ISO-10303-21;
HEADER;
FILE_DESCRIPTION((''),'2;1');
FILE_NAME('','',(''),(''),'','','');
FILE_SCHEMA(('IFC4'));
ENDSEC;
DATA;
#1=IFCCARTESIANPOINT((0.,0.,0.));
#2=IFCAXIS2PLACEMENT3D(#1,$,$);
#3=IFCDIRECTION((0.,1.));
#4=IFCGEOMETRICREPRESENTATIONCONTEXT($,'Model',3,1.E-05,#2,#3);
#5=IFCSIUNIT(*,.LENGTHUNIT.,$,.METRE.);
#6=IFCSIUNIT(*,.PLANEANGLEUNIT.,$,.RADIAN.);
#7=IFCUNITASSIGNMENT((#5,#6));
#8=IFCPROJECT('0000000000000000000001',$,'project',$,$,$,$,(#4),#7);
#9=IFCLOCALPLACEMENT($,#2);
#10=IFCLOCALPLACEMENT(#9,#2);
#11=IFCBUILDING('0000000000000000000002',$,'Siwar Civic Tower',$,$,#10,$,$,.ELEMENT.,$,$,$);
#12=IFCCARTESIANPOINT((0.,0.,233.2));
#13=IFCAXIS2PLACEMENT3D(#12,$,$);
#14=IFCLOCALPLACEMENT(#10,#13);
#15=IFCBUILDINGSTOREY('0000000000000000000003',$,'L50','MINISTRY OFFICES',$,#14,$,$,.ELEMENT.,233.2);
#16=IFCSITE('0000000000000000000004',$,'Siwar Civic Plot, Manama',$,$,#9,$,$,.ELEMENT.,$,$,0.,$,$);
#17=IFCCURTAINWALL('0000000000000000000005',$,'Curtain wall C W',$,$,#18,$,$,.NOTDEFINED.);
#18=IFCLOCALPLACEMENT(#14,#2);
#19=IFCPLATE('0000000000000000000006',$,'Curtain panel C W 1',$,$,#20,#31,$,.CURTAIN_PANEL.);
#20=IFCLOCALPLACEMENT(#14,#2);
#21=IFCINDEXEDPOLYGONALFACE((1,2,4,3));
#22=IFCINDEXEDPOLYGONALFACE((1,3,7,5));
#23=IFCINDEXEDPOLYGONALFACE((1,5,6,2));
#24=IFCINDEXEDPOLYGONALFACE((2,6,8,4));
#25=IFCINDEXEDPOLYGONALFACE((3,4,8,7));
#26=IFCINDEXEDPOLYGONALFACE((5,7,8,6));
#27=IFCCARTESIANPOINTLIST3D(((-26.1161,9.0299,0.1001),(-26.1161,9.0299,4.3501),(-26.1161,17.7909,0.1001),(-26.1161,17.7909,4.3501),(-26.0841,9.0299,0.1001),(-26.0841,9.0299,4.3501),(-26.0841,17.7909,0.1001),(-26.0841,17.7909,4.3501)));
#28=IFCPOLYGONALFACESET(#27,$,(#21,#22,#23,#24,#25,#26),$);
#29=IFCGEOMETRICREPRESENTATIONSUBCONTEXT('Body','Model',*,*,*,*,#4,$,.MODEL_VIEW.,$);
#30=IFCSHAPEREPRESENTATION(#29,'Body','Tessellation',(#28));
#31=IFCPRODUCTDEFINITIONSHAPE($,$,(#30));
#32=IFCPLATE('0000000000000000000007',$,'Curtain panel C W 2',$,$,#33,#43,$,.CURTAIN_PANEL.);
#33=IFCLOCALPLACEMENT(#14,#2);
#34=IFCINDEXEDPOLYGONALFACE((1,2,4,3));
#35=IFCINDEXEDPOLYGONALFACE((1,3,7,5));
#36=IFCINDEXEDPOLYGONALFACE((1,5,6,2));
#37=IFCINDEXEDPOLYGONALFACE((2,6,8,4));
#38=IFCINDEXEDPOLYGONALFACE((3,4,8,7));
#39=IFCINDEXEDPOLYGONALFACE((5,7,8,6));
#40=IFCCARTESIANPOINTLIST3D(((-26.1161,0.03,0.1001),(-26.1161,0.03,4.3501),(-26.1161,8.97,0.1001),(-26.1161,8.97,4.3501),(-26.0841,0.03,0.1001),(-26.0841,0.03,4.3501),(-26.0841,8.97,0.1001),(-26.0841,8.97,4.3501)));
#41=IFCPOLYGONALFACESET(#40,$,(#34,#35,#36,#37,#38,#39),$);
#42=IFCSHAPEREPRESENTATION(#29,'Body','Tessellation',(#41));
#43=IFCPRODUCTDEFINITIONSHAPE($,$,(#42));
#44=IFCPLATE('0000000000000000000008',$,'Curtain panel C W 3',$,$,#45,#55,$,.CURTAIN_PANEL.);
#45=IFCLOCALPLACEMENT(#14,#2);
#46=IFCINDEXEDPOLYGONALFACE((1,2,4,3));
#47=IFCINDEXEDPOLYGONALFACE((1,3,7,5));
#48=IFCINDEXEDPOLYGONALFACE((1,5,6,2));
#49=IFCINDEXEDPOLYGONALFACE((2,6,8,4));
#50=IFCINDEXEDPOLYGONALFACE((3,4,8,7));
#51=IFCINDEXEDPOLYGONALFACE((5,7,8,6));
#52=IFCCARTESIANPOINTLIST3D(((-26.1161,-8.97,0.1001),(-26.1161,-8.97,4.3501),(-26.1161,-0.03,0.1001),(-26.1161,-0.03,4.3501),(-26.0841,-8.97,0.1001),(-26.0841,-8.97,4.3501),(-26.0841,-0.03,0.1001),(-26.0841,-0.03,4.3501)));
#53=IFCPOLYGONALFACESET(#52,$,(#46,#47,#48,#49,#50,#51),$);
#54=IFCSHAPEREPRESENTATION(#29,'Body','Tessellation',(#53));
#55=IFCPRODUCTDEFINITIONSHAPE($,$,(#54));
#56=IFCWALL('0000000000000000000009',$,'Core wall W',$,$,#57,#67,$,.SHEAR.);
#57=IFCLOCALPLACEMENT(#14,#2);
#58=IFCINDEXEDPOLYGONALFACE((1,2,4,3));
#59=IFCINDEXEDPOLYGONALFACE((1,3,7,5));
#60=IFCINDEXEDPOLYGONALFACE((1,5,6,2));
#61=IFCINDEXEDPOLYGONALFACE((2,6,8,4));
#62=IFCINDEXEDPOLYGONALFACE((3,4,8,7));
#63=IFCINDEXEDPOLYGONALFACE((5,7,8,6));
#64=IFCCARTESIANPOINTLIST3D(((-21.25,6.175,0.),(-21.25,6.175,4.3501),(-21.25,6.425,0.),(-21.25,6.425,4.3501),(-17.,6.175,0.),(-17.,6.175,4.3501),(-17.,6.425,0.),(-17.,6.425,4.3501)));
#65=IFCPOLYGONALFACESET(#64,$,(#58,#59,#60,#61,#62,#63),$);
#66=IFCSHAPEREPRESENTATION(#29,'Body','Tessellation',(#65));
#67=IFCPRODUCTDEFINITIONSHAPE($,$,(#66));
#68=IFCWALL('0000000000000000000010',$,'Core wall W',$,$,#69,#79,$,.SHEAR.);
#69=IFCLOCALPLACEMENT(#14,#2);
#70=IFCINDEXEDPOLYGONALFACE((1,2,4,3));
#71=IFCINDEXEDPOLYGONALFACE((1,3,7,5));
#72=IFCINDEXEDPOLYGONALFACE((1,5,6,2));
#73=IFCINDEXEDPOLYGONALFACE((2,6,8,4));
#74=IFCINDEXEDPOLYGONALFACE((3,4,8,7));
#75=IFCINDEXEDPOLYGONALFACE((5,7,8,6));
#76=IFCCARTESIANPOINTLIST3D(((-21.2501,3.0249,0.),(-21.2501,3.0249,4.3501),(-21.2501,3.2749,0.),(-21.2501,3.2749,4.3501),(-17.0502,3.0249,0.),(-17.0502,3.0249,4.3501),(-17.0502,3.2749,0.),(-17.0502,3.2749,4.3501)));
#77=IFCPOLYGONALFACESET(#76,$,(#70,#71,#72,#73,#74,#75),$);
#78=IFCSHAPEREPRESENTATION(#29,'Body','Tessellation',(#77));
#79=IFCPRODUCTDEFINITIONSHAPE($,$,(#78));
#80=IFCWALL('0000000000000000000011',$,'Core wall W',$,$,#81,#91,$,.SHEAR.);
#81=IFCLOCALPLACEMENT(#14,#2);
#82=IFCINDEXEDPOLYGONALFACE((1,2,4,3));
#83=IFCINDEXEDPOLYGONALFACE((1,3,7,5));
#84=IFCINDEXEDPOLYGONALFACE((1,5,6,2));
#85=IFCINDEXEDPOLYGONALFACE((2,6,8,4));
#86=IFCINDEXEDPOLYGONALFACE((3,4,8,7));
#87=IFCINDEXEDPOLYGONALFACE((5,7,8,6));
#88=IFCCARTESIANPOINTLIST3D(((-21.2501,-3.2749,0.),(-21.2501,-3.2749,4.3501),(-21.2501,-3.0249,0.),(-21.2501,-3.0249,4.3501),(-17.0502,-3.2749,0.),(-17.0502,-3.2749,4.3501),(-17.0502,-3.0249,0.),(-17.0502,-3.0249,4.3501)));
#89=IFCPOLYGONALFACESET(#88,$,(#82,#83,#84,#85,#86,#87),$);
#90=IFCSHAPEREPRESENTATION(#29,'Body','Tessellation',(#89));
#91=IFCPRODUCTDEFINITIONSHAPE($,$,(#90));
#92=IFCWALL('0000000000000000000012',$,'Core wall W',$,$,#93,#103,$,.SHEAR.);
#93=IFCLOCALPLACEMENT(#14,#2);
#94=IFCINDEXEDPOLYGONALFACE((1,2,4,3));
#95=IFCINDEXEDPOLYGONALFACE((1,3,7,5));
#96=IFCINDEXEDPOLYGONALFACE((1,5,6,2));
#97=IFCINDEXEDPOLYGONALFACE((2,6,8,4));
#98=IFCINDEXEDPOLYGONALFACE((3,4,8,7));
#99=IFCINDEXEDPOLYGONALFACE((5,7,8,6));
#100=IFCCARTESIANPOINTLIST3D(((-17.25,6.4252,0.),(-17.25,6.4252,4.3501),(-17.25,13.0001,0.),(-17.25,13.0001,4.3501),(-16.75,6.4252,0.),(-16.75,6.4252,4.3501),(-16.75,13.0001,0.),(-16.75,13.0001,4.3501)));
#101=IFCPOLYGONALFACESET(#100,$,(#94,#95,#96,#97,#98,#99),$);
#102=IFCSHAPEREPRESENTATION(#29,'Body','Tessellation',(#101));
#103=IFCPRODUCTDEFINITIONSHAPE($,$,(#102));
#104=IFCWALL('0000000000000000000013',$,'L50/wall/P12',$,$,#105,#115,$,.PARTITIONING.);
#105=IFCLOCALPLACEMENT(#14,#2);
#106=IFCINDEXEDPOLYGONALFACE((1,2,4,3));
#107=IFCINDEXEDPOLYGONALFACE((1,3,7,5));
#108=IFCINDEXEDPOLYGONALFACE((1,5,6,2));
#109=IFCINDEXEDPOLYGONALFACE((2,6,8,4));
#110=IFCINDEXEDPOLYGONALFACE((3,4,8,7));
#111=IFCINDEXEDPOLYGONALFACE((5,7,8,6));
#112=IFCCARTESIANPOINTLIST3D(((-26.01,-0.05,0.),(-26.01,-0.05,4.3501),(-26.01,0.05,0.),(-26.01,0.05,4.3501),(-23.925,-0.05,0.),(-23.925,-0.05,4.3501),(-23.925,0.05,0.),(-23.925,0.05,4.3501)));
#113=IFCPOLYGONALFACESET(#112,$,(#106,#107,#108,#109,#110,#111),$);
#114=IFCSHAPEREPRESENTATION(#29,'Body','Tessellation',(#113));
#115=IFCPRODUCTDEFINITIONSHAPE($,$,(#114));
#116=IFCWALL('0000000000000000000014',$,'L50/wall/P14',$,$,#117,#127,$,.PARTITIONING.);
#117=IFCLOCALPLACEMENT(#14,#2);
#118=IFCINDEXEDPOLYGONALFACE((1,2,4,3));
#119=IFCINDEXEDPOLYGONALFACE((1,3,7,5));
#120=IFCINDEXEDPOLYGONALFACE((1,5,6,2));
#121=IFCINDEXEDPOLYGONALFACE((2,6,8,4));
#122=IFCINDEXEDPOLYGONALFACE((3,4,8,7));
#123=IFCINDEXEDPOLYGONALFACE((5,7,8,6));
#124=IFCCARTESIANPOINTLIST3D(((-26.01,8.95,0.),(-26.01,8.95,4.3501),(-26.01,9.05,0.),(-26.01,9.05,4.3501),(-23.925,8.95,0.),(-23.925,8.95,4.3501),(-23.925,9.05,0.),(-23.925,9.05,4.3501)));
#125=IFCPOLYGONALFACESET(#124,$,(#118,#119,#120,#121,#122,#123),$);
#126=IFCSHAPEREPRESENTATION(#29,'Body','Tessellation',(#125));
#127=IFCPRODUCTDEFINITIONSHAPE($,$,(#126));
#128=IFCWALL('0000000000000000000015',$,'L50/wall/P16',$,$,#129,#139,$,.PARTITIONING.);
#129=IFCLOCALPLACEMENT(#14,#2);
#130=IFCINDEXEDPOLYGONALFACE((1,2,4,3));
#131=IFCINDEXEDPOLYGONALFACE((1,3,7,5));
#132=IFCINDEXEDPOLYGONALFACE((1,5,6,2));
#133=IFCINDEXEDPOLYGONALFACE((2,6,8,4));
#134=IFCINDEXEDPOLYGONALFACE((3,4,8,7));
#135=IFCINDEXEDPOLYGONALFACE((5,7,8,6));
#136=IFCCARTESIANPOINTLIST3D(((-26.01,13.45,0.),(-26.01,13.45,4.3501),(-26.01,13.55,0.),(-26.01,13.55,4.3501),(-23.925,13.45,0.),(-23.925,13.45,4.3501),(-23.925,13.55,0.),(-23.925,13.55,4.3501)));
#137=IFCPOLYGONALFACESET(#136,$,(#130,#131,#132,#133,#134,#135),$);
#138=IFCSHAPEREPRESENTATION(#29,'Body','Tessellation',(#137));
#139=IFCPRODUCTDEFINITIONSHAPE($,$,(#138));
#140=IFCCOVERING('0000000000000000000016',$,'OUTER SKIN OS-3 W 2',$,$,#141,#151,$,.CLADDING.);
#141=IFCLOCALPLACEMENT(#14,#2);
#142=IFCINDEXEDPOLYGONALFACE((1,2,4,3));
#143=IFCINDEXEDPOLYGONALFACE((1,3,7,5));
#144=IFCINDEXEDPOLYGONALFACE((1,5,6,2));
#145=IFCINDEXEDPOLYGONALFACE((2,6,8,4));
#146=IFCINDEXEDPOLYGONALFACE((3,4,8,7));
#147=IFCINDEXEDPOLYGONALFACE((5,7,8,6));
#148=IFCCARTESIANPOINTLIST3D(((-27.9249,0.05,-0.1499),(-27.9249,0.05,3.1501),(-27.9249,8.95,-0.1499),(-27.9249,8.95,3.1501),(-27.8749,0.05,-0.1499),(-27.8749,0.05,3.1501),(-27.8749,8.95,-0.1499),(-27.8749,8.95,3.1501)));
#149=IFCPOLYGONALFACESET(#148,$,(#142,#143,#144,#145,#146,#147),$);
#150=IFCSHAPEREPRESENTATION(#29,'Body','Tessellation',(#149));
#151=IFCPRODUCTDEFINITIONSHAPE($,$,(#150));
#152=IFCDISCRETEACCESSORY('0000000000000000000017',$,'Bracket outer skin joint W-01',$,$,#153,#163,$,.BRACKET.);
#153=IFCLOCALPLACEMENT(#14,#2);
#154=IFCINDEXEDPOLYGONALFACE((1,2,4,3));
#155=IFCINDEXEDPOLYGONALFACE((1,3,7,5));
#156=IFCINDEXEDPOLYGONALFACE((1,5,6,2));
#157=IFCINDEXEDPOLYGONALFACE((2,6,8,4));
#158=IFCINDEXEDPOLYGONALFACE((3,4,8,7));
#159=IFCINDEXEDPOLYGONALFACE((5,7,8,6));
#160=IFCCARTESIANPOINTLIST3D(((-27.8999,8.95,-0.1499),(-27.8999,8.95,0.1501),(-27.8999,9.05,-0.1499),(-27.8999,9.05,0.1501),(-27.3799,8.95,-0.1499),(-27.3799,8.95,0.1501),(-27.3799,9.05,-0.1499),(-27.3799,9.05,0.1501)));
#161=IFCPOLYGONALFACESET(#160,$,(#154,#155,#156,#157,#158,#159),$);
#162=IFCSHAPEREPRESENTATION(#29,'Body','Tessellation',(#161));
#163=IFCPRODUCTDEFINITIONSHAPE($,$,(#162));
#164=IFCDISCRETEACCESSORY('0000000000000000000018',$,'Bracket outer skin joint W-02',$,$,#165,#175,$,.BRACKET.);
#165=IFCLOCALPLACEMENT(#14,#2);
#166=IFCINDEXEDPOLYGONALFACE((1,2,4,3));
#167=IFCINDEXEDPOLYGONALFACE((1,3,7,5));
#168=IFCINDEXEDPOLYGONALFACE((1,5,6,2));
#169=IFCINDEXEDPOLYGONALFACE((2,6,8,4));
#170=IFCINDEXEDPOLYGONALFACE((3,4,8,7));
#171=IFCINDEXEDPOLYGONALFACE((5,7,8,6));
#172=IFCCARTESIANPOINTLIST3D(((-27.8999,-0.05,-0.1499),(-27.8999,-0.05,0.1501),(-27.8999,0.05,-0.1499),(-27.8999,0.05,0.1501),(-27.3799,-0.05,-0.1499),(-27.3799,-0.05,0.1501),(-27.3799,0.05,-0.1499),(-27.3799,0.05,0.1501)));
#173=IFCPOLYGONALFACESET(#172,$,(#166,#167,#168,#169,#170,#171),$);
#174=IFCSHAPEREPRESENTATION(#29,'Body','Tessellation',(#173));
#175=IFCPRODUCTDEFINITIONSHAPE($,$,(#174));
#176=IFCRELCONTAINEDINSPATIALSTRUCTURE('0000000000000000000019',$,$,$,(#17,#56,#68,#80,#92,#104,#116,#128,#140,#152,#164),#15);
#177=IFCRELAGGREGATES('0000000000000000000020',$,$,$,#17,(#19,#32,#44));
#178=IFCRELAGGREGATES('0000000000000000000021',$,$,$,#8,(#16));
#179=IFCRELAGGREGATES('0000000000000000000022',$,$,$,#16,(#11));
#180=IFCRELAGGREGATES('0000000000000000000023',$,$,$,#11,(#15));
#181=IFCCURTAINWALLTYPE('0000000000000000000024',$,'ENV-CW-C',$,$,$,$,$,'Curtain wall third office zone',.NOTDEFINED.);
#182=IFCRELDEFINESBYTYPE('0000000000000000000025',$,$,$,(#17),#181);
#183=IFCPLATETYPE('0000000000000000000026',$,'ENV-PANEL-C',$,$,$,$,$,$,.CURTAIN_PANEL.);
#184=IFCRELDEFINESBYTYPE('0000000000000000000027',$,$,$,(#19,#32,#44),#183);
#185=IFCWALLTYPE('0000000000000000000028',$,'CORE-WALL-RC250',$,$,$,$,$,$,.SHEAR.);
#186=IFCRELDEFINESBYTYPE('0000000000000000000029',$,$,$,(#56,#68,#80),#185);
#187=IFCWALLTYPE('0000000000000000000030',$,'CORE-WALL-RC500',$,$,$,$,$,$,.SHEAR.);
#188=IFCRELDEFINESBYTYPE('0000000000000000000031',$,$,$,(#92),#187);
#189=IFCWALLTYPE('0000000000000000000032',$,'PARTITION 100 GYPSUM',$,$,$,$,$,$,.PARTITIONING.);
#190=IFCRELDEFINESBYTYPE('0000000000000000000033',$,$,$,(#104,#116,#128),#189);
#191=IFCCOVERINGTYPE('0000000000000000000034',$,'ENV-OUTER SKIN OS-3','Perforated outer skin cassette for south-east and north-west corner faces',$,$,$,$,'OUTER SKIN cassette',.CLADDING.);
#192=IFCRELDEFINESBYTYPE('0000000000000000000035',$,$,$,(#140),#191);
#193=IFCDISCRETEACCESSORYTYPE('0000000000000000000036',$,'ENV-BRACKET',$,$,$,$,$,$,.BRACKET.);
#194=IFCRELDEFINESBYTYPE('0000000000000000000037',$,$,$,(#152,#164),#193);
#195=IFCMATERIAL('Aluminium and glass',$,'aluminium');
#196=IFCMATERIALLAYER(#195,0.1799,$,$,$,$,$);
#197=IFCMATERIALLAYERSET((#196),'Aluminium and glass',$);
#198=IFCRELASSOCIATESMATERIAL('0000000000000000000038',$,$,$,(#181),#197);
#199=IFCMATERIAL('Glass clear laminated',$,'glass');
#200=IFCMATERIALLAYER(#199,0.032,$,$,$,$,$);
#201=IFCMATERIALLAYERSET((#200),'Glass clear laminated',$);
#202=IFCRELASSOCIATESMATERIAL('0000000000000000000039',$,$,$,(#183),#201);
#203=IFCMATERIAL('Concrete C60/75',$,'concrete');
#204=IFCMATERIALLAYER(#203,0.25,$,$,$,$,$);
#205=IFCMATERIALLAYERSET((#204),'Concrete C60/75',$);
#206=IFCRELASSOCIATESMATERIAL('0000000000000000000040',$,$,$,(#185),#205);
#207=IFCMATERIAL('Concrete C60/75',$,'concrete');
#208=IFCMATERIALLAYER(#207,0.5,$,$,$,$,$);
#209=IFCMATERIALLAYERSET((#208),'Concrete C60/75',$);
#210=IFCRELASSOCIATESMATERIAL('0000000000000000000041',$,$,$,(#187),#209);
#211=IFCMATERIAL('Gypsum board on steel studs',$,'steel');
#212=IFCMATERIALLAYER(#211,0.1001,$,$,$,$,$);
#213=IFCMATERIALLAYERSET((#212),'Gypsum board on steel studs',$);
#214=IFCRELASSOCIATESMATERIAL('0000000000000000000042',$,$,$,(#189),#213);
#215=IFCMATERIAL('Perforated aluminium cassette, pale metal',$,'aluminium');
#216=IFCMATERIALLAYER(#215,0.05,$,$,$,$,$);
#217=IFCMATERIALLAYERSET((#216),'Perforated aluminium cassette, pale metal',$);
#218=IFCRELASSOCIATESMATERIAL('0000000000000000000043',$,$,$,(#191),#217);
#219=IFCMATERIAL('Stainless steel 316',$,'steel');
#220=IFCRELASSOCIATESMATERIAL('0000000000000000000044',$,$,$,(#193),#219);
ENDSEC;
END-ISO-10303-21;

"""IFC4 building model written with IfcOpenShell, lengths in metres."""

from ifc_helpers import new_model, si_unit, direction, frame, frame_2d, origin, origin_2d, place, context, subcontext, project, spatial, rectangle, extrude, material, layer, layer_set, type_object, element, aggregate, save


model = new_model("IFC4")

# Units and contexts
model_context = context("Model", 3, precision=1e-05, world=origin(), true_north=direction((0.0, 1.0)))
body_context = subcontext(model_context, "Body", "Model", "MODEL_VIEW")
ifc_project = project(units=[si_unit("LENGTHUNIT", "METRE"), si_unit("PLANEANGLEUNIT", "RADIAN")], contexts=[model_context])

# Site, building, storey
site_placement = place(None, origin())
site = spatial("IfcSite", under=ifc_project, at=site_placement, Name="Siwar Civic Plot, Manama", CompositionType="ELEMENT", RefElevation=0.0)
building_placement = place(site_placement, origin())
building = spatial("IfcBuilding", under=site, at=building_placement, Name="Siwar Civic Tower", CompositionType="ELEMENT")
storey_placement = place(building_placement, frame((0.0, 0.0, 233.2)))
storey = spatial("IfcBuildingStorey", under=building, at=storey_placement, Name="L50", Description="MINISTRY OFFICES", CompositionType="ELEMENT", Elevation=233.2)

# Curtain wall
ifc_material_1 = material(Name="Aluminium and glass", Category="aluminium")
ifc_layer_1 = layer(ifc_material_1, 0.1799)
ifc_layer_set_1 = layer_set([ifc_layer_1], Name="Aluminium and glass")
curtain_wall_type = type_object("IfcCurtainWallType", Name="ENV-CW-C", ElementType="Curtain wall third office zone", PredefinedType="NOTDEFINED", material=ifc_layer_set_1)
curtain_wall_placement = place(storey_placement, origin())
curtain_wall = element("IfcCurtainWall", 1, at=curtain_wall_placement, inside=storey, type_object=curtain_wall_type, Name="Curtain wall C W", PredefinedType="NOTDEFINED")

# Plates
ifc_material_2 = material(Name="Glass clear laminated", Category="glass")
ifc_layer_2 = layer(ifc_material_2, 0.032)
ifc_layer_set_2 = layer_set([ifc_layer_2], Name="Glass clear laminated")
plate_type = type_object("IfcPlateType", Name="ENV-PANEL-C", PredefinedType="CURTAIN_PANEL", material=ifc_layer_set_2)
plate_1_placement = place(storey_placement, frame((-26.1001, 13.4104, 0.1001), z_axis=(0.0, 0.0, 1.0), x_axis=(0.0, -1.0, 0.0)))
plate_1 = element("IfcPlate", 2, at=plate_1_placement, type_object=plate_type, Name="Curtain panel C W 1", PredefinedType="CURTAIN_PANEL", context=body_context, shape_type="SweptSolid", body=[
    extrude(rectangle(XDim=8.761, YDim=0.032, at=origin_2d()), origin(), (0.0, 0.0, 1.0), 4.25),
])
plate_2_placement = place(storey_placement, frame((-26.1001, 4.5, 0.1001), z_axis=(0.0, 0.0, 1.0), x_axis=(0.0, -1.0, 0.0)))
plate_2 = element("IfcPlate", 3, at=plate_2_placement, type_object=plate_type, Name="Curtain panel C W 2", PredefinedType="CURTAIN_PANEL", context=body_context, shape_type="SweptSolid", body=[
    extrude(rectangle(XDim=8.9399, YDim=0.032, at=origin_2d()), origin(), (0.0, 0.0, 1.0), 4.25),
])
plate_3_placement = place(storey_placement, frame((-26.1001, -4.5, 0.1001), z_axis=(0.0, 0.0, 1.0), x_axis=(0.0, -1.0, 0.0)))
plate_3 = element("IfcPlate", 4, at=plate_3_placement, type_object=plate_type, Name="Curtain panel C W 3", PredefinedType="CURTAIN_PANEL", context=body_context, shape_type="SweptSolid", body=[
    extrude(rectangle(XDim=8.9399, YDim=0.032, at=origin_2d()), origin(), (0.0, 0.0, 1.0), 4.25),
])
aggregate(curtain_wall, [plate_1, plate_2, plate_3])

# Walls
ifc_material_3 = material(Name="Concrete C60/75", Category="concrete")
ifc_layer_3 = layer(ifc_material_3, 0.25)
ifc_layer_set_3 = layer_set([ifc_layer_3], Name="Concrete C60/75")
wall_type_1 = type_object("IfcWallType", Name="CORE-WALL-RC250", PredefinedType="SHEAR", material=ifc_layer_set_3)
wall_1_placement = place(storey_placement, frame((-17.0, 6.3, 0.0), z_axis=(0.0, 0.0, 1.0), x_axis=(-1.0, 0.0, 0.0)))
element("IfcWall", 5, at=wall_1_placement, inside=storey, type_object=wall_type_1, Name="Core wall W", PredefinedType="SHEAR", context=body_context, shape_type="SweptSolid", body=[
    extrude(rectangle(XDim=4.25, YDim=0.25, at=frame_2d((2.125, 0.0))), origin(), (0.0, 0.0, 1.0), 4.3501),
])
for number, where, z_axis, x_axis, name in (
    (6, (-17.05, 3.1499, 0.0), (0.0, 0.0, 1.0), (-1.0, 0.0, 0.0), "Core wall W"),
    (7, (-17.05, -3.1499, 0.0), (0.0, 0.0, 1.0), (-1.0, 0.0, 0.0), "Core wall W"),
):
    element("IfcWall", number, at=place(storey_placement, frame(where, z_axis=z_axis, x_axis=x_axis)), inside=storey, type_object=wall_type_1, Name=name, PredefinedType="SHEAR", context=body_context, shape_type="SweptSolid", body=[
        extrude(rectangle(XDim=4.2, YDim=0.25, at=frame_2d((2.1001, 0.0))), origin(), (0.0, 0.0, 1.0), 4.3501),
    ])
ifc_material_4 = material(Name="Concrete C60/75", Category="concrete")
ifc_layer_4 = layer(ifc_material_4, 0.5)
ifc_layer_set_4 = layer_set([ifc_layer_4], Name="Concrete C60/75")
wall_type_2 = type_object("IfcWallType", Name="CORE-WALL-RC500", PredefinedType="SHEAR", material=ifc_layer_set_4)
wall_2_placement = place(storey_placement, frame((-17.0, 6.425, 0.0), z_axis=(0.0, 0.0, 1.0), x_axis=(0.0, 1.0, 0.0)))
element("IfcWall", 8, at=wall_2_placement, inside=storey, type_object=wall_type_2, Name="Core wall W", PredefinedType="SHEAR", context=body_context, shape_type="SweptSolid", body=[
    extrude(rectangle(XDim=6.575, YDim=0.5, at=frame_2d((3.2876, 0.0))), origin(), (0.0, 0.0, 1.0), 4.3501),
])
ifc_material_5 = material(Name="Gypsum board on steel studs", Category="steel")
ifc_layer_5 = layer(ifc_material_5, 0.1001)
ifc_layer_set_5 = layer_set([ifc_layer_5], Name="Gypsum board on steel studs")
wall_type_3 = type_object("IfcWallType", Name="PARTITION 100 GYPSUM", PredefinedType="PARTITIONING", material=ifc_layer_set_5)
for number, where, z_axis, x_axis, name in (
    (9, (-26.01, 0.0, 0.0), (0.0, 0.0, 1.0), (1.0, 0.0, 0.0), "L50/wall/P12"),
    (10, (-26.01, 9.0, 0.0), (0.0, 0.0, 1.0), (1.0, 0.0, 0.0), "L50/wall/P14"),
    (11, (-26.01, 13.5, 0.0), (0.0, 0.0, 1.0), (1.0, 0.0, 0.0), "L50/wall/P16"),
):
    element("IfcWall", number, at=place(storey_placement, frame(where, z_axis=z_axis, x_axis=x_axis)), inside=storey, type_object=wall_type_3, Name=name, PredefinedType="PARTITIONING", context=body_context, shape_type="SweptSolid", body=[
        extrude(rectangle(XDim=2.085, YDim=0.1001, at=frame_2d((1.0425, 0.0))), origin(), (0.0, 0.0, 1.0), 4.3501),
    ])

# Covering
ifc_material_6 = material(Name="Perforated aluminium cassette, pale metal", Category="aluminium")
ifc_layer_6 = layer(ifc_material_6, 0.05)
ifc_layer_set_6 = layer_set([ifc_layer_6], Name="Perforated aluminium cassette, pale metal")
covering_type = type_object("IfcCoveringType", Name="ENV-OUTER SKIN OS-3", Description="Perforated outer skin cassette for south-east and north-west corner faces", ElementType="OUTER SKIN cassette", PredefinedType="CLADDING", material=ifc_layer_set_6)
covering_placement = place(storey_placement, frame((-27.8999, 4.5, -0.1499), z_axis=(0.0, 0.0, 1.0), x_axis=(0.0, -1.0, 0.0)))
element("IfcCovering", 12, at=covering_placement, inside=storey, type_object=covering_type, Name="OUTER SKIN OS-3 W 2", PredefinedType="CLADDING", context=body_context, shape_type="SweptSolid", body=[
    extrude(rectangle(XDim=8.8999, YDim=0.05, at=origin_2d()), origin(), (0.0, 0.0, 1.0), 3.3),
])

# Discrete accessories
ifc_material_7 = material(Name="Stainless steel 316", Category="steel")
discrete_accessory_type = type_object("IfcDiscreteAccessoryType", Name="ENV-BRACKET", PredefinedType="BRACKET", material=ifc_material_7)
for number, where, z_axis, x_axis, name in (
    (13, (-27.6399, 9.0, -0.1499), (0.0, 0.0, 1.0), (-1.0, 0.0, 0.0), "Bracket outer skin joint W-01"),
    (14, (-27.6399, 0.0, -0.1499), (0.0, 0.0, 1.0), (-1.0, 0.0, 0.0), "Bracket outer skin joint W-02"),
):
    element("IfcDiscreteAccessory", number, at=place(storey_placement, frame(where, z_axis=z_axis, x_axis=x_axis)), inside=storey, type_object=discrete_accessory_type, Name=name, PredefinedType="BRACKET", context=body_context, shape_type="SweptSolid", body=[
        extrude(rectangle(XDim=0.52, YDim=0.1001, at=origin_2d()), origin(), (0.0, 0.0, 1.0), 0.3),
    ])

save(model, "model.ifc")
